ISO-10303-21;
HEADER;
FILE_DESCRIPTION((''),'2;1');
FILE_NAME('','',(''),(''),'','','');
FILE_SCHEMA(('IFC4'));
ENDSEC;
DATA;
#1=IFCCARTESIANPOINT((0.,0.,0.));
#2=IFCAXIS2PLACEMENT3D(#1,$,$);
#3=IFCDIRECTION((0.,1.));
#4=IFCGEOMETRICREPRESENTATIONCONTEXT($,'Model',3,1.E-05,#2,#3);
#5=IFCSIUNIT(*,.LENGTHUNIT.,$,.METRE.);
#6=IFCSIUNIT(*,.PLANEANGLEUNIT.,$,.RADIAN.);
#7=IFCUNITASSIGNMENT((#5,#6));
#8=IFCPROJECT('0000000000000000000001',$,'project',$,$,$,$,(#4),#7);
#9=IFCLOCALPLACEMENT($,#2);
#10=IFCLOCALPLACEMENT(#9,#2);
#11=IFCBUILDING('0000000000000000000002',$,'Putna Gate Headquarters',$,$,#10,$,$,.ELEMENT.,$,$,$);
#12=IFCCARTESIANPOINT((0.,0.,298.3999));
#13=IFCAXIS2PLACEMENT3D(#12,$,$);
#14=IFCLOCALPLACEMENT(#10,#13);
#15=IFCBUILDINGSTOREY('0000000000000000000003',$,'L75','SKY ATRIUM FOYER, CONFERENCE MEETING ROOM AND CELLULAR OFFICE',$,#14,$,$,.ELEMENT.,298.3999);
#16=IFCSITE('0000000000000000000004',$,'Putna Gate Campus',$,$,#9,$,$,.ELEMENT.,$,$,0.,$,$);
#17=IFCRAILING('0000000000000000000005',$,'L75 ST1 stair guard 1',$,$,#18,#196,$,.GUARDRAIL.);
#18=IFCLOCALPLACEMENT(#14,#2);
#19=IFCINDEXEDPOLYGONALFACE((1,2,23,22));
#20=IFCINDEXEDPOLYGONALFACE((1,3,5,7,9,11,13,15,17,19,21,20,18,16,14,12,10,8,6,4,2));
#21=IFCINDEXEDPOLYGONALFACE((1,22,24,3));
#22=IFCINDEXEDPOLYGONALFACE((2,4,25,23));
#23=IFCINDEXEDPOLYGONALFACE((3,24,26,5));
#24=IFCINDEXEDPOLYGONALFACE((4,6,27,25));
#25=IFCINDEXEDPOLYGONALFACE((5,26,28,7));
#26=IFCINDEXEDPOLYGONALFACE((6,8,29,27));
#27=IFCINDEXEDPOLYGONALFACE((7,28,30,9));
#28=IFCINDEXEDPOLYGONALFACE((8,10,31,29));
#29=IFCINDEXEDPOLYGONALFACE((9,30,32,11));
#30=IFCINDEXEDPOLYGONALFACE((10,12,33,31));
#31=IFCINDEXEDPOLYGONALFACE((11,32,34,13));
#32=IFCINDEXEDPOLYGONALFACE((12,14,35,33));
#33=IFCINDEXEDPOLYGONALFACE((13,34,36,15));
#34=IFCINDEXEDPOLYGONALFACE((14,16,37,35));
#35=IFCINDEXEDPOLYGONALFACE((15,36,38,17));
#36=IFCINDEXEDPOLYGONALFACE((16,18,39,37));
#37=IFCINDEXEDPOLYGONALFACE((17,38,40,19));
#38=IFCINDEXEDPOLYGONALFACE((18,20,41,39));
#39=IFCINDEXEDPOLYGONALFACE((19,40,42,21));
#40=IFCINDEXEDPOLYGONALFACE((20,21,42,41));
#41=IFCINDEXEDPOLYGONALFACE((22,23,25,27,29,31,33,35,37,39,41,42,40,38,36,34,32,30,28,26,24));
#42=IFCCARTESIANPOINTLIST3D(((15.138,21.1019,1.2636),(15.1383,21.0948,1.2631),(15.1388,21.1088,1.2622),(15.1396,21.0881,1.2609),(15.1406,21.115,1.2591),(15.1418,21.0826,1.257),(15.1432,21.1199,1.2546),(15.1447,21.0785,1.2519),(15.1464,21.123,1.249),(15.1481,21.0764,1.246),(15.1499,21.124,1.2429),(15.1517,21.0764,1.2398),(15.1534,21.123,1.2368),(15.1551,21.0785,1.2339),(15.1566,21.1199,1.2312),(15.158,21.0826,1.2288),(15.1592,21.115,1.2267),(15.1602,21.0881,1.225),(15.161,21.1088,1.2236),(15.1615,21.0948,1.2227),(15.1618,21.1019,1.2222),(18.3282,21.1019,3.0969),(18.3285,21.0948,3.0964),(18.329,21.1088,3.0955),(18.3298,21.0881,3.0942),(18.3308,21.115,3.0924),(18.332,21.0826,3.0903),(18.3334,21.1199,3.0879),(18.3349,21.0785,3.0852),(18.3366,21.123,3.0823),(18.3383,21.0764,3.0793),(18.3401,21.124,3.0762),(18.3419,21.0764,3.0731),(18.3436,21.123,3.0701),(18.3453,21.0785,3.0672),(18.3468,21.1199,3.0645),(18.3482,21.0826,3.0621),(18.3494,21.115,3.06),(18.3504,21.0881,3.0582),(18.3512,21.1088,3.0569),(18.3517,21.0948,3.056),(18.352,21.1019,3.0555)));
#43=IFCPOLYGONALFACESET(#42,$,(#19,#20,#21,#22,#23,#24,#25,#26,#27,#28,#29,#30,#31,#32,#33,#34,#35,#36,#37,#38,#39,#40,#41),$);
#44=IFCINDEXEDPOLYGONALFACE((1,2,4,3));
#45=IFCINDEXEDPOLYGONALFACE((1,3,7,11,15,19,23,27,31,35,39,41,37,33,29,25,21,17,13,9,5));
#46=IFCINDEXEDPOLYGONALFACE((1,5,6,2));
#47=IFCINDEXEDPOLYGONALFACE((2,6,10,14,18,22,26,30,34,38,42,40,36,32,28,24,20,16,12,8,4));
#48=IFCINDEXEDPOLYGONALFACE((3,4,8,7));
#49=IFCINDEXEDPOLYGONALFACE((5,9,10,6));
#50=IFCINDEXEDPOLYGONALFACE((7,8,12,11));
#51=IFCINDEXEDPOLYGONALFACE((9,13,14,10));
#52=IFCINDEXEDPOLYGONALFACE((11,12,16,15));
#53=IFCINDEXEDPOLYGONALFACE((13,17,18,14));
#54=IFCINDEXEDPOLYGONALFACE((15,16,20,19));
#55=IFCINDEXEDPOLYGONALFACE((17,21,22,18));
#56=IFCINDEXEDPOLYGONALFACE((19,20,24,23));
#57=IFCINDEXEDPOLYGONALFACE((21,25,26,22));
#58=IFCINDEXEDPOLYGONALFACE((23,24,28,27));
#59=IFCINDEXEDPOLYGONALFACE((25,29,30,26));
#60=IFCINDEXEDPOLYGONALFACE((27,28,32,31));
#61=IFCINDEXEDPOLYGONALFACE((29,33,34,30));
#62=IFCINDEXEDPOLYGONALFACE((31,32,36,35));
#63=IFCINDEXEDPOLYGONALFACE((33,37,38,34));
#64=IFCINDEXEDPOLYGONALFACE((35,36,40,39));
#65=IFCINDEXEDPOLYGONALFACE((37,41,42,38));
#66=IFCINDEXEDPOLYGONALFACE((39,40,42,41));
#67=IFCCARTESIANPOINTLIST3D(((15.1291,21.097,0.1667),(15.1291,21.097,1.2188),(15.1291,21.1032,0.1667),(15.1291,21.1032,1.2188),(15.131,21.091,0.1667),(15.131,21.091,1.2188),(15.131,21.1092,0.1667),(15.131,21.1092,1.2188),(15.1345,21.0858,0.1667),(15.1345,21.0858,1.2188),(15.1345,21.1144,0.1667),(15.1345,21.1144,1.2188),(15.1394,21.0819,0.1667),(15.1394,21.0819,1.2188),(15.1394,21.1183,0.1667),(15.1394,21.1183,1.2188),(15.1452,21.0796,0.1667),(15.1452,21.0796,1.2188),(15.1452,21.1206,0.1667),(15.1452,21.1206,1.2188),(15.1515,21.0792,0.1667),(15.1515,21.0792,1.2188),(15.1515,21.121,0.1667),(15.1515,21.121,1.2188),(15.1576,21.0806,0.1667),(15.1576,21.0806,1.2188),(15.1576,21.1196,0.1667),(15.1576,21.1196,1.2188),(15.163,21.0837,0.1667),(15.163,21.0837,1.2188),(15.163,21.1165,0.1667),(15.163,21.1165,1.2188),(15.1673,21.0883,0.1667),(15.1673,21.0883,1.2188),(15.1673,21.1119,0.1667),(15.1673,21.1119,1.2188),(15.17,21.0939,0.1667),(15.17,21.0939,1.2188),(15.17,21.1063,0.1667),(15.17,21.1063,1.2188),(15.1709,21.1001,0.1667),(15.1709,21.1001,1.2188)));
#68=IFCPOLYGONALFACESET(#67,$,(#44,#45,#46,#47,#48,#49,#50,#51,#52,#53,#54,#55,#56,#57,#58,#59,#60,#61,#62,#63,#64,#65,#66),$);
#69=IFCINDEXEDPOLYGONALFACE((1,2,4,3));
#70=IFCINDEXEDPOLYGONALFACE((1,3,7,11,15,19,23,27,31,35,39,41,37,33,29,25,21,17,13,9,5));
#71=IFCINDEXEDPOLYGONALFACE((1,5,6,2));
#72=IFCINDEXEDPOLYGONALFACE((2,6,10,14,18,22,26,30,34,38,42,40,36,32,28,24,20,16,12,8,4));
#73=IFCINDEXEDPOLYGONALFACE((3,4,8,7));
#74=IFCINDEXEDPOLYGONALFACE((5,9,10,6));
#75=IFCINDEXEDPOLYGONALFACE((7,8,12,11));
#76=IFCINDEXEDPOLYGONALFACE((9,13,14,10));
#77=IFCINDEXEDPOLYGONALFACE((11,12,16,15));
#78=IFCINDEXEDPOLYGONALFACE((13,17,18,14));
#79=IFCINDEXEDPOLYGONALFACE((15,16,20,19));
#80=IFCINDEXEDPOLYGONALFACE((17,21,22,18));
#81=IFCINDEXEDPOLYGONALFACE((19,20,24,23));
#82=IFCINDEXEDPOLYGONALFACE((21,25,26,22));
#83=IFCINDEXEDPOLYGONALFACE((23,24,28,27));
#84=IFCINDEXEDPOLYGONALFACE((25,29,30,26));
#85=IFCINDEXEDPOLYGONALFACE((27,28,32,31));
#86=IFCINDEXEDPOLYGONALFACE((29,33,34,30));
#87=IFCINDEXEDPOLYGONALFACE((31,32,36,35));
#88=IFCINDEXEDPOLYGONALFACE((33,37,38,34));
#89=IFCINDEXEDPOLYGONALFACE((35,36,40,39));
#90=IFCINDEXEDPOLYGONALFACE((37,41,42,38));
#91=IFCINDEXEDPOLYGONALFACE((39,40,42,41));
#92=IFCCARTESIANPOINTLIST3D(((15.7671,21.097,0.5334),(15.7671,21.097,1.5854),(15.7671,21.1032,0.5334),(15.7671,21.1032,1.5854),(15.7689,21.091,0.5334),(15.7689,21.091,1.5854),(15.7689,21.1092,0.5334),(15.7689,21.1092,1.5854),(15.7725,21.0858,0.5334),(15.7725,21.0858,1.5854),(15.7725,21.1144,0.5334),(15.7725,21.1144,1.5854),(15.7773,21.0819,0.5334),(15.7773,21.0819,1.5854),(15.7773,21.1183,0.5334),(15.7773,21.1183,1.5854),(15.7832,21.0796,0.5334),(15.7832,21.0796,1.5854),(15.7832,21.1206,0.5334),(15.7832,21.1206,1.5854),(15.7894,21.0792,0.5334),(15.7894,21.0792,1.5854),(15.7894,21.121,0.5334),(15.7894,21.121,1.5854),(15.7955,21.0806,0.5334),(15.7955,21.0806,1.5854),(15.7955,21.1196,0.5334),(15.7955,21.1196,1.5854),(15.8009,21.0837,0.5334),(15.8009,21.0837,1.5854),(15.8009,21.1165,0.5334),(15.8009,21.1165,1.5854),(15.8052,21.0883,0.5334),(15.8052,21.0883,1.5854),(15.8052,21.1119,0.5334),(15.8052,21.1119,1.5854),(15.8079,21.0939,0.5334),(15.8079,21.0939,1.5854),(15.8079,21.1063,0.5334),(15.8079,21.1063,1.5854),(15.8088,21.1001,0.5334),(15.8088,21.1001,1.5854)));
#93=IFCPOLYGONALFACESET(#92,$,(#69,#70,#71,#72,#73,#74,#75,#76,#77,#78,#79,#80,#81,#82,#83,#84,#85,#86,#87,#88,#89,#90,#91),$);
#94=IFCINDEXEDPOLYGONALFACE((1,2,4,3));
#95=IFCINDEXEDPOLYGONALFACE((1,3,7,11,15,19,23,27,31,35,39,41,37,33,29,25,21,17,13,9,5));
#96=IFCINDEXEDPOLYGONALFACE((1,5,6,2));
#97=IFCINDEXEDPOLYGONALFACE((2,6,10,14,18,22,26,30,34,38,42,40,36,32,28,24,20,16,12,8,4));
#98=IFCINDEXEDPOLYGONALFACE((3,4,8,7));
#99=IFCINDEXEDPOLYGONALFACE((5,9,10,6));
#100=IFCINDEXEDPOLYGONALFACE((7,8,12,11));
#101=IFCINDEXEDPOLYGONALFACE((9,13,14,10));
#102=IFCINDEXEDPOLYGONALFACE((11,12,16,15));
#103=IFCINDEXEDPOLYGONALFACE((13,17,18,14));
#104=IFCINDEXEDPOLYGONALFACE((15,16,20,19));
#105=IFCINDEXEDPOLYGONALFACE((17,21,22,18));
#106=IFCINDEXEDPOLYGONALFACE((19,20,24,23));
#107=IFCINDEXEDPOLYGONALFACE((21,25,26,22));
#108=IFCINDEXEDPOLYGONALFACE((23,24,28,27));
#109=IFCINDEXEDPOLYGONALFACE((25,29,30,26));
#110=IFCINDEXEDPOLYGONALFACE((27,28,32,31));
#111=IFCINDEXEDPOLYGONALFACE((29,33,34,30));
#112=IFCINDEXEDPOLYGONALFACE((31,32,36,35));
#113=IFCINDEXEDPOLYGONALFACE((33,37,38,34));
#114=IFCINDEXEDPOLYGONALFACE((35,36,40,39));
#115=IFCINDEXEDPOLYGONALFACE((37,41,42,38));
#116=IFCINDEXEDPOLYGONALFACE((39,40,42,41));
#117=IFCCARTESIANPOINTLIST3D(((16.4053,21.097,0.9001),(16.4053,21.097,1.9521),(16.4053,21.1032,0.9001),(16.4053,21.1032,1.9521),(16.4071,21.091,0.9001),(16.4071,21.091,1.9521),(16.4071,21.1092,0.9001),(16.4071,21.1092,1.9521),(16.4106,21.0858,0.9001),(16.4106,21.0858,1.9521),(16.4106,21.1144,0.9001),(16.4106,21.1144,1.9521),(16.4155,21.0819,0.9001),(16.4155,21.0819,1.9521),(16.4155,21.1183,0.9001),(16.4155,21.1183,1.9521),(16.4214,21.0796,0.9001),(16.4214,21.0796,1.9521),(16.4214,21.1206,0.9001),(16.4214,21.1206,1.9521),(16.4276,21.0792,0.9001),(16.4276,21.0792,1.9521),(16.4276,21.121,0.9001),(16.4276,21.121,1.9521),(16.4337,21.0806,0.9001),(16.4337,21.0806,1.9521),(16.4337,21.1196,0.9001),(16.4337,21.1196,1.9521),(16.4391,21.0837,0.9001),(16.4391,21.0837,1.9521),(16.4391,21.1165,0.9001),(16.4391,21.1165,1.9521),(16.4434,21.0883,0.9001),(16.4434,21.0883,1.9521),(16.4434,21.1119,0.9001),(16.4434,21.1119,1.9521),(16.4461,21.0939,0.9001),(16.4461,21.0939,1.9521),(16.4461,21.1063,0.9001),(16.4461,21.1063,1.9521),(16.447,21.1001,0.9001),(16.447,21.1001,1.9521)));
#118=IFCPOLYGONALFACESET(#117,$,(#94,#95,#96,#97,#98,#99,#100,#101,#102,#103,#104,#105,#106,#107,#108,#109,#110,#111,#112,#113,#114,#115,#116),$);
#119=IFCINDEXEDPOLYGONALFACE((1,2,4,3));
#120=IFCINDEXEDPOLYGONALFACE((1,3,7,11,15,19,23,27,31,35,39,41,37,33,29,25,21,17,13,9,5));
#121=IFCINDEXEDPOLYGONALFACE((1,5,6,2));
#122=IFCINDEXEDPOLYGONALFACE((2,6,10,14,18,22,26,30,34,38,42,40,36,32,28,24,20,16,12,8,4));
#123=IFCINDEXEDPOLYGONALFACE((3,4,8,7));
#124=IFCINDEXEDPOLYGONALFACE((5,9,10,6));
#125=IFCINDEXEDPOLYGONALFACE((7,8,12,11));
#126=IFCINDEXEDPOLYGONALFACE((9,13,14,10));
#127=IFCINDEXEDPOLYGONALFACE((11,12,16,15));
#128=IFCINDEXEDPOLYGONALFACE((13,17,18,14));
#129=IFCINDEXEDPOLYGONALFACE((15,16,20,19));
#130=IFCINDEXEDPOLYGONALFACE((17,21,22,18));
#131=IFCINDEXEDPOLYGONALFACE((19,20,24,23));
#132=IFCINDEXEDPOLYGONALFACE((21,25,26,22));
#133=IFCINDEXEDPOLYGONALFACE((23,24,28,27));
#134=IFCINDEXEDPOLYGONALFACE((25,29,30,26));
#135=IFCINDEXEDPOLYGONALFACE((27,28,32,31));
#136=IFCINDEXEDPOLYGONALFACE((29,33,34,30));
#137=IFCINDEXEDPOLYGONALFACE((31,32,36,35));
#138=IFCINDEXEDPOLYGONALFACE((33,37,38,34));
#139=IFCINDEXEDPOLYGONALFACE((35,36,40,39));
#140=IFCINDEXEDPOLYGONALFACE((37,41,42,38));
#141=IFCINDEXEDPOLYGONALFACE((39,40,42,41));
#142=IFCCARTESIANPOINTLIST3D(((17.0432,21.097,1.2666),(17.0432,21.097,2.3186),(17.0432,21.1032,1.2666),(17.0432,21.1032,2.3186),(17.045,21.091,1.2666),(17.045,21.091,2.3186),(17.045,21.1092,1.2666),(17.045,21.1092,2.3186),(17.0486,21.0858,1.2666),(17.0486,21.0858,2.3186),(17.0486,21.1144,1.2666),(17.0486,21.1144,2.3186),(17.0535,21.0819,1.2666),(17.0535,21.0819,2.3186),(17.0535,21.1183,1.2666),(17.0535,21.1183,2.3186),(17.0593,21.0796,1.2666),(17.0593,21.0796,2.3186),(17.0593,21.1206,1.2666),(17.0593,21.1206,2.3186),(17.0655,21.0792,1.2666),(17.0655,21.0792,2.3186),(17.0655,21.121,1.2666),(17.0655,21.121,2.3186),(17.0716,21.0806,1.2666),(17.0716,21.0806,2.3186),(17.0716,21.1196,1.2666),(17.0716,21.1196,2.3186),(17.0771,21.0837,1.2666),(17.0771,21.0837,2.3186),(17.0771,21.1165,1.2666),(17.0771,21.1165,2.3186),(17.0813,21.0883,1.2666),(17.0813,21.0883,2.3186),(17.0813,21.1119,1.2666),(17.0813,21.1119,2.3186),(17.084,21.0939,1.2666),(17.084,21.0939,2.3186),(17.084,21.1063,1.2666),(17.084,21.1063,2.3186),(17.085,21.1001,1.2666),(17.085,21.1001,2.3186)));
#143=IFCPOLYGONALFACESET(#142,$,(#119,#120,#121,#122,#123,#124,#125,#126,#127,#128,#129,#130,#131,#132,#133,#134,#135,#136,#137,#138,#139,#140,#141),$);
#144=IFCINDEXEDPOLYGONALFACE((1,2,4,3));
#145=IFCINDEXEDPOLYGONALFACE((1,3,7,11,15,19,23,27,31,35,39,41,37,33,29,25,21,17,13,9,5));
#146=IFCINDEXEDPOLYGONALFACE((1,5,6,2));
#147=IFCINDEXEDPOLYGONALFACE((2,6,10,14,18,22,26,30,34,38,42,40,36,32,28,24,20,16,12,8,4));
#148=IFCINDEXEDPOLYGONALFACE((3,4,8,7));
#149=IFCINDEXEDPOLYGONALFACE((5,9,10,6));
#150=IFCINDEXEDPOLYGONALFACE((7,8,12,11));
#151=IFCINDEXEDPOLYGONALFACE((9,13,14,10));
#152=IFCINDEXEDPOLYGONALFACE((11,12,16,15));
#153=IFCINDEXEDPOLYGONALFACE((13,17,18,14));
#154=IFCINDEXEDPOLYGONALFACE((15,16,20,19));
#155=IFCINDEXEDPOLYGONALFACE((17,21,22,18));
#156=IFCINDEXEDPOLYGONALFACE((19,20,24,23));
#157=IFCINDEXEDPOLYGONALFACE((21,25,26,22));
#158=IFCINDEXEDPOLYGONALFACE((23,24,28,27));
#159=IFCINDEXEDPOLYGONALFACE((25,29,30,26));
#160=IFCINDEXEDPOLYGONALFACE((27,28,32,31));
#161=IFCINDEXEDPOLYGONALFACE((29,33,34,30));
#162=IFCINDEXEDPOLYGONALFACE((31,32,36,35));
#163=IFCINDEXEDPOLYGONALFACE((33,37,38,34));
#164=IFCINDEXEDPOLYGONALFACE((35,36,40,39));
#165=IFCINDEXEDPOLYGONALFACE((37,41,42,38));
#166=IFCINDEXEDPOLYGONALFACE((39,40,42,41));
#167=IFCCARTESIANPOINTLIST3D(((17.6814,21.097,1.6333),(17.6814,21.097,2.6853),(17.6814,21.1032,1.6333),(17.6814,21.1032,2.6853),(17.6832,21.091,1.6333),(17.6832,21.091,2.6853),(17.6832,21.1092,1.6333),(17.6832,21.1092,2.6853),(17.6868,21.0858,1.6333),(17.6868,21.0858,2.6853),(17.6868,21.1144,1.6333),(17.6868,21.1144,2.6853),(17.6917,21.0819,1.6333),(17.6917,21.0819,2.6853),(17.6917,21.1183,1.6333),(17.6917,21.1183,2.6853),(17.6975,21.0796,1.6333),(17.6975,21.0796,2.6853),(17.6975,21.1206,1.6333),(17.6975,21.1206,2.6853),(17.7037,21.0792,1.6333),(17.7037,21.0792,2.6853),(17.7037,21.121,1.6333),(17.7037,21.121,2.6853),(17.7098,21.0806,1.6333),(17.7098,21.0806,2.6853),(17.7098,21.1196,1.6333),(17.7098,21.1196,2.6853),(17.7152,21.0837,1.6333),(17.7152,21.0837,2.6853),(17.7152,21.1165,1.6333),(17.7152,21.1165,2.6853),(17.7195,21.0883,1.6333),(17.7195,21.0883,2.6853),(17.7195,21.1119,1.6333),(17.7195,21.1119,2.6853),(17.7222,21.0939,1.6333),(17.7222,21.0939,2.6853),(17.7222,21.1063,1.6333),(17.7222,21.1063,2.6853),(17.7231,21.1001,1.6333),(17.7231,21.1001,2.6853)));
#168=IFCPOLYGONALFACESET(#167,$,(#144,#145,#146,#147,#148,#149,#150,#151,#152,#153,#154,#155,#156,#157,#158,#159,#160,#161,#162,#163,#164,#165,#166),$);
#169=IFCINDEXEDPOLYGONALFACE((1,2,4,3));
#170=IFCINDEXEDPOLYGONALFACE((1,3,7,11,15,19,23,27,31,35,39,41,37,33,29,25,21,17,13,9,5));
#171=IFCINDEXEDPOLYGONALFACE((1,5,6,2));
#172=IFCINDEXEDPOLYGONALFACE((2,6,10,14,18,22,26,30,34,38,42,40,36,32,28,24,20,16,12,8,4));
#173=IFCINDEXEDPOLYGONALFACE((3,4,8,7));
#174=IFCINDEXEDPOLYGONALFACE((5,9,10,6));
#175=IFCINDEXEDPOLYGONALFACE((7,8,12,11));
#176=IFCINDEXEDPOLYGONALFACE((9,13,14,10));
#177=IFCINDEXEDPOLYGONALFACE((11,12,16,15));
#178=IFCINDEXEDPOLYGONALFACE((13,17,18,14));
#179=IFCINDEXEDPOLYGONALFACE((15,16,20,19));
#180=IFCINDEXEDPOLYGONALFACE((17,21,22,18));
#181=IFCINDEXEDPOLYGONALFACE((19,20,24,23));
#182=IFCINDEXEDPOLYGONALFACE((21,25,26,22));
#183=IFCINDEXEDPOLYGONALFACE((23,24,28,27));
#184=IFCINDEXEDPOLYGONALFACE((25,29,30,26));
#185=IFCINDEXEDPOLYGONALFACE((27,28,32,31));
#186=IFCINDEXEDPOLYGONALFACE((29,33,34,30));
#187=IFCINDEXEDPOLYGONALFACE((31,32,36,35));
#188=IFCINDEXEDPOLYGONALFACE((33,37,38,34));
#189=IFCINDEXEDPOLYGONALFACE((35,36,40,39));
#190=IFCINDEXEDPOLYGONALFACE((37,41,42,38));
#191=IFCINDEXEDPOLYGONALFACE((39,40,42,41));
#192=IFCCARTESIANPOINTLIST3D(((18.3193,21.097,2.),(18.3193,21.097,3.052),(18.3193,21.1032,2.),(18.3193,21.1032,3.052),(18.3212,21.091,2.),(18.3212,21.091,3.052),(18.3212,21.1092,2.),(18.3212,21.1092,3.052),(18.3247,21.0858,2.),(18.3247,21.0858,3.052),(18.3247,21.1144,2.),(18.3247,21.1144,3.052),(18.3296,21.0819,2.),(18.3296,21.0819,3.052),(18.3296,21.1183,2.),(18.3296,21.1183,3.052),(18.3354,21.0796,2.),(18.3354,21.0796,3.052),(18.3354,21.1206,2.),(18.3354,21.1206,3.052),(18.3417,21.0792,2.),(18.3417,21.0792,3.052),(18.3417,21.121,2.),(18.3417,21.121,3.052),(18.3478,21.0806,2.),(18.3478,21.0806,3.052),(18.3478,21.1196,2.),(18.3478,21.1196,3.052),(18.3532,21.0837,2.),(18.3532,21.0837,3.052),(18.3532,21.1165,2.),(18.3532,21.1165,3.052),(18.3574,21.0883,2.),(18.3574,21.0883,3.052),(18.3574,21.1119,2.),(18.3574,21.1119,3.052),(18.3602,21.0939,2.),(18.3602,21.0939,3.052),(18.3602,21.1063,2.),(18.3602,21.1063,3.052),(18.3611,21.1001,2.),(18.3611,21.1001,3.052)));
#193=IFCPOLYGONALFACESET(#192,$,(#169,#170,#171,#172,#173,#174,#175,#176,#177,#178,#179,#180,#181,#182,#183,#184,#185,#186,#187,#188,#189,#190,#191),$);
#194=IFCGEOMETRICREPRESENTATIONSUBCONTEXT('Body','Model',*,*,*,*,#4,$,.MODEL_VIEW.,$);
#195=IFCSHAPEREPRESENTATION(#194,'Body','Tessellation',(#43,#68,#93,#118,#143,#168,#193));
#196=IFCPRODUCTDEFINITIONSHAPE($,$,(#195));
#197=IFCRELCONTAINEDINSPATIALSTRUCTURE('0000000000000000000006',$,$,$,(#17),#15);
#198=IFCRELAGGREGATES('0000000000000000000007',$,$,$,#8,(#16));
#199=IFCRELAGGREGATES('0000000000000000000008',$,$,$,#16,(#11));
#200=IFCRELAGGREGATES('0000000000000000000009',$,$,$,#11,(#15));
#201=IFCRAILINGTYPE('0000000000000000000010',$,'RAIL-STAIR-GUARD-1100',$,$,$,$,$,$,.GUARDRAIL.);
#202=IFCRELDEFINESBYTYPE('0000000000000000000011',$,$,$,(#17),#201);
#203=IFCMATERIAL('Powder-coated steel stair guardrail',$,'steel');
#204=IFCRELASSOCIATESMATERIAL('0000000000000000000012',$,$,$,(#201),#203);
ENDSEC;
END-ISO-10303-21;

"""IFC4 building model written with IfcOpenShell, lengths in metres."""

from ifc_helpers import new_model, si_unit, direction, frame, origin, origin_2d, place, context, subcontext, project, spatial, circle, extrude, material, type_object, element, save


model = new_model("IFC4")

# Units and contexts
model_context = context("Model", 3, precision=1e-05, world=origin(), true_north=direction((0.0, 1.0)))
body_context = subcontext(model_context, "Body", "Model", "MODEL_VIEW")
ifc_project = project(units=[si_unit("LENGTHUNIT", "METRE"), si_unit("PLANEANGLEUNIT", "RADIAN")], contexts=[model_context])

# Site, building, storey
site_placement = place(None, origin())
site = spatial("IfcSite", under=ifc_project, at=site_placement, Name="Putna Gate Campus", CompositionType="ELEMENT", RefElevation=0.0)
building_placement = place(site_placement, origin())
building = spatial("IfcBuilding", under=site, at=building_placement, Name="Putna Gate Headquarters", CompositionType="ELEMENT")
storey_placement = place(building_placement, frame((0.0, 0.0, 298.3999)))
storey = spatial("IfcBuildingStorey", under=building, at=storey_placement, Name="L75", Description="SKY ATRIUM FOYER, CONFERENCE MEETING ROOM AND CELLULAR OFFICE", CompositionType="ELEMENT", Elevation=298.3999)

# Railing
ifc_material_1 = material(Name="Powder-coated steel stair guardrail", Category="steel")
railing_type_1 = type_object("IfcRailingType", Name="RAIL-STAIR-GUARD-1100", PredefinedType="GUARDRAIL", material=ifc_material_1)
railing_1_placement = place(storey_placement, frame((15.1499, 21.1001, 0.1667)))
element("IfcRailing", 1, at=railing_1_placement, inside=storey, type_object=railing_type_1, Name="L75 ST1 stair guard 1", PredefinedType="GUARDRAIL", context=body_context, shape_type="SweptSolid", body=[
    extrude(circle(Radius=0.0239, at=origin_2d()), frame((0.0, 0.0, 1.0762), z_axis=(0.867036, 0.0, 0.498245), x_axis=(0.0, 1.0, 0.0)), (0.0, 0.0, 1.0), 3.6794),
    extrude(circle(Radius=0.021, at=origin_2d()), origin(), (0.0, 0.0, 1.0), 1.052),
    extrude(circle(Radius=0.021, at=origin_2d()), frame((0.6379, 0.0, 0.3667)), (0.0, 0.0, 1.0), 1.052),
    extrude(circle(Radius=0.021, at=origin_2d()), frame((1.2761, 0.0, 0.7334)), (0.0, 0.0, 1.0), 1.052),
    extrude(circle(Radius=0.021, at=origin_2d()), frame((1.9141, 0.0, 1.0999)), (0.0, 0.0, 1.0), 1.052),
    extrude(circle(Radius=0.021, at=origin_2d()), frame((2.5522, 0.0, 1.4666)), (0.0, 0.0, 1.0), 1.052),
    extrude(circle(Radius=0.021, at=origin_2d()), frame((3.1902, 0.0, 1.8333)), (0.0, 0.0, 1.0), 1.052),
])

save(model, "model.ifc")
